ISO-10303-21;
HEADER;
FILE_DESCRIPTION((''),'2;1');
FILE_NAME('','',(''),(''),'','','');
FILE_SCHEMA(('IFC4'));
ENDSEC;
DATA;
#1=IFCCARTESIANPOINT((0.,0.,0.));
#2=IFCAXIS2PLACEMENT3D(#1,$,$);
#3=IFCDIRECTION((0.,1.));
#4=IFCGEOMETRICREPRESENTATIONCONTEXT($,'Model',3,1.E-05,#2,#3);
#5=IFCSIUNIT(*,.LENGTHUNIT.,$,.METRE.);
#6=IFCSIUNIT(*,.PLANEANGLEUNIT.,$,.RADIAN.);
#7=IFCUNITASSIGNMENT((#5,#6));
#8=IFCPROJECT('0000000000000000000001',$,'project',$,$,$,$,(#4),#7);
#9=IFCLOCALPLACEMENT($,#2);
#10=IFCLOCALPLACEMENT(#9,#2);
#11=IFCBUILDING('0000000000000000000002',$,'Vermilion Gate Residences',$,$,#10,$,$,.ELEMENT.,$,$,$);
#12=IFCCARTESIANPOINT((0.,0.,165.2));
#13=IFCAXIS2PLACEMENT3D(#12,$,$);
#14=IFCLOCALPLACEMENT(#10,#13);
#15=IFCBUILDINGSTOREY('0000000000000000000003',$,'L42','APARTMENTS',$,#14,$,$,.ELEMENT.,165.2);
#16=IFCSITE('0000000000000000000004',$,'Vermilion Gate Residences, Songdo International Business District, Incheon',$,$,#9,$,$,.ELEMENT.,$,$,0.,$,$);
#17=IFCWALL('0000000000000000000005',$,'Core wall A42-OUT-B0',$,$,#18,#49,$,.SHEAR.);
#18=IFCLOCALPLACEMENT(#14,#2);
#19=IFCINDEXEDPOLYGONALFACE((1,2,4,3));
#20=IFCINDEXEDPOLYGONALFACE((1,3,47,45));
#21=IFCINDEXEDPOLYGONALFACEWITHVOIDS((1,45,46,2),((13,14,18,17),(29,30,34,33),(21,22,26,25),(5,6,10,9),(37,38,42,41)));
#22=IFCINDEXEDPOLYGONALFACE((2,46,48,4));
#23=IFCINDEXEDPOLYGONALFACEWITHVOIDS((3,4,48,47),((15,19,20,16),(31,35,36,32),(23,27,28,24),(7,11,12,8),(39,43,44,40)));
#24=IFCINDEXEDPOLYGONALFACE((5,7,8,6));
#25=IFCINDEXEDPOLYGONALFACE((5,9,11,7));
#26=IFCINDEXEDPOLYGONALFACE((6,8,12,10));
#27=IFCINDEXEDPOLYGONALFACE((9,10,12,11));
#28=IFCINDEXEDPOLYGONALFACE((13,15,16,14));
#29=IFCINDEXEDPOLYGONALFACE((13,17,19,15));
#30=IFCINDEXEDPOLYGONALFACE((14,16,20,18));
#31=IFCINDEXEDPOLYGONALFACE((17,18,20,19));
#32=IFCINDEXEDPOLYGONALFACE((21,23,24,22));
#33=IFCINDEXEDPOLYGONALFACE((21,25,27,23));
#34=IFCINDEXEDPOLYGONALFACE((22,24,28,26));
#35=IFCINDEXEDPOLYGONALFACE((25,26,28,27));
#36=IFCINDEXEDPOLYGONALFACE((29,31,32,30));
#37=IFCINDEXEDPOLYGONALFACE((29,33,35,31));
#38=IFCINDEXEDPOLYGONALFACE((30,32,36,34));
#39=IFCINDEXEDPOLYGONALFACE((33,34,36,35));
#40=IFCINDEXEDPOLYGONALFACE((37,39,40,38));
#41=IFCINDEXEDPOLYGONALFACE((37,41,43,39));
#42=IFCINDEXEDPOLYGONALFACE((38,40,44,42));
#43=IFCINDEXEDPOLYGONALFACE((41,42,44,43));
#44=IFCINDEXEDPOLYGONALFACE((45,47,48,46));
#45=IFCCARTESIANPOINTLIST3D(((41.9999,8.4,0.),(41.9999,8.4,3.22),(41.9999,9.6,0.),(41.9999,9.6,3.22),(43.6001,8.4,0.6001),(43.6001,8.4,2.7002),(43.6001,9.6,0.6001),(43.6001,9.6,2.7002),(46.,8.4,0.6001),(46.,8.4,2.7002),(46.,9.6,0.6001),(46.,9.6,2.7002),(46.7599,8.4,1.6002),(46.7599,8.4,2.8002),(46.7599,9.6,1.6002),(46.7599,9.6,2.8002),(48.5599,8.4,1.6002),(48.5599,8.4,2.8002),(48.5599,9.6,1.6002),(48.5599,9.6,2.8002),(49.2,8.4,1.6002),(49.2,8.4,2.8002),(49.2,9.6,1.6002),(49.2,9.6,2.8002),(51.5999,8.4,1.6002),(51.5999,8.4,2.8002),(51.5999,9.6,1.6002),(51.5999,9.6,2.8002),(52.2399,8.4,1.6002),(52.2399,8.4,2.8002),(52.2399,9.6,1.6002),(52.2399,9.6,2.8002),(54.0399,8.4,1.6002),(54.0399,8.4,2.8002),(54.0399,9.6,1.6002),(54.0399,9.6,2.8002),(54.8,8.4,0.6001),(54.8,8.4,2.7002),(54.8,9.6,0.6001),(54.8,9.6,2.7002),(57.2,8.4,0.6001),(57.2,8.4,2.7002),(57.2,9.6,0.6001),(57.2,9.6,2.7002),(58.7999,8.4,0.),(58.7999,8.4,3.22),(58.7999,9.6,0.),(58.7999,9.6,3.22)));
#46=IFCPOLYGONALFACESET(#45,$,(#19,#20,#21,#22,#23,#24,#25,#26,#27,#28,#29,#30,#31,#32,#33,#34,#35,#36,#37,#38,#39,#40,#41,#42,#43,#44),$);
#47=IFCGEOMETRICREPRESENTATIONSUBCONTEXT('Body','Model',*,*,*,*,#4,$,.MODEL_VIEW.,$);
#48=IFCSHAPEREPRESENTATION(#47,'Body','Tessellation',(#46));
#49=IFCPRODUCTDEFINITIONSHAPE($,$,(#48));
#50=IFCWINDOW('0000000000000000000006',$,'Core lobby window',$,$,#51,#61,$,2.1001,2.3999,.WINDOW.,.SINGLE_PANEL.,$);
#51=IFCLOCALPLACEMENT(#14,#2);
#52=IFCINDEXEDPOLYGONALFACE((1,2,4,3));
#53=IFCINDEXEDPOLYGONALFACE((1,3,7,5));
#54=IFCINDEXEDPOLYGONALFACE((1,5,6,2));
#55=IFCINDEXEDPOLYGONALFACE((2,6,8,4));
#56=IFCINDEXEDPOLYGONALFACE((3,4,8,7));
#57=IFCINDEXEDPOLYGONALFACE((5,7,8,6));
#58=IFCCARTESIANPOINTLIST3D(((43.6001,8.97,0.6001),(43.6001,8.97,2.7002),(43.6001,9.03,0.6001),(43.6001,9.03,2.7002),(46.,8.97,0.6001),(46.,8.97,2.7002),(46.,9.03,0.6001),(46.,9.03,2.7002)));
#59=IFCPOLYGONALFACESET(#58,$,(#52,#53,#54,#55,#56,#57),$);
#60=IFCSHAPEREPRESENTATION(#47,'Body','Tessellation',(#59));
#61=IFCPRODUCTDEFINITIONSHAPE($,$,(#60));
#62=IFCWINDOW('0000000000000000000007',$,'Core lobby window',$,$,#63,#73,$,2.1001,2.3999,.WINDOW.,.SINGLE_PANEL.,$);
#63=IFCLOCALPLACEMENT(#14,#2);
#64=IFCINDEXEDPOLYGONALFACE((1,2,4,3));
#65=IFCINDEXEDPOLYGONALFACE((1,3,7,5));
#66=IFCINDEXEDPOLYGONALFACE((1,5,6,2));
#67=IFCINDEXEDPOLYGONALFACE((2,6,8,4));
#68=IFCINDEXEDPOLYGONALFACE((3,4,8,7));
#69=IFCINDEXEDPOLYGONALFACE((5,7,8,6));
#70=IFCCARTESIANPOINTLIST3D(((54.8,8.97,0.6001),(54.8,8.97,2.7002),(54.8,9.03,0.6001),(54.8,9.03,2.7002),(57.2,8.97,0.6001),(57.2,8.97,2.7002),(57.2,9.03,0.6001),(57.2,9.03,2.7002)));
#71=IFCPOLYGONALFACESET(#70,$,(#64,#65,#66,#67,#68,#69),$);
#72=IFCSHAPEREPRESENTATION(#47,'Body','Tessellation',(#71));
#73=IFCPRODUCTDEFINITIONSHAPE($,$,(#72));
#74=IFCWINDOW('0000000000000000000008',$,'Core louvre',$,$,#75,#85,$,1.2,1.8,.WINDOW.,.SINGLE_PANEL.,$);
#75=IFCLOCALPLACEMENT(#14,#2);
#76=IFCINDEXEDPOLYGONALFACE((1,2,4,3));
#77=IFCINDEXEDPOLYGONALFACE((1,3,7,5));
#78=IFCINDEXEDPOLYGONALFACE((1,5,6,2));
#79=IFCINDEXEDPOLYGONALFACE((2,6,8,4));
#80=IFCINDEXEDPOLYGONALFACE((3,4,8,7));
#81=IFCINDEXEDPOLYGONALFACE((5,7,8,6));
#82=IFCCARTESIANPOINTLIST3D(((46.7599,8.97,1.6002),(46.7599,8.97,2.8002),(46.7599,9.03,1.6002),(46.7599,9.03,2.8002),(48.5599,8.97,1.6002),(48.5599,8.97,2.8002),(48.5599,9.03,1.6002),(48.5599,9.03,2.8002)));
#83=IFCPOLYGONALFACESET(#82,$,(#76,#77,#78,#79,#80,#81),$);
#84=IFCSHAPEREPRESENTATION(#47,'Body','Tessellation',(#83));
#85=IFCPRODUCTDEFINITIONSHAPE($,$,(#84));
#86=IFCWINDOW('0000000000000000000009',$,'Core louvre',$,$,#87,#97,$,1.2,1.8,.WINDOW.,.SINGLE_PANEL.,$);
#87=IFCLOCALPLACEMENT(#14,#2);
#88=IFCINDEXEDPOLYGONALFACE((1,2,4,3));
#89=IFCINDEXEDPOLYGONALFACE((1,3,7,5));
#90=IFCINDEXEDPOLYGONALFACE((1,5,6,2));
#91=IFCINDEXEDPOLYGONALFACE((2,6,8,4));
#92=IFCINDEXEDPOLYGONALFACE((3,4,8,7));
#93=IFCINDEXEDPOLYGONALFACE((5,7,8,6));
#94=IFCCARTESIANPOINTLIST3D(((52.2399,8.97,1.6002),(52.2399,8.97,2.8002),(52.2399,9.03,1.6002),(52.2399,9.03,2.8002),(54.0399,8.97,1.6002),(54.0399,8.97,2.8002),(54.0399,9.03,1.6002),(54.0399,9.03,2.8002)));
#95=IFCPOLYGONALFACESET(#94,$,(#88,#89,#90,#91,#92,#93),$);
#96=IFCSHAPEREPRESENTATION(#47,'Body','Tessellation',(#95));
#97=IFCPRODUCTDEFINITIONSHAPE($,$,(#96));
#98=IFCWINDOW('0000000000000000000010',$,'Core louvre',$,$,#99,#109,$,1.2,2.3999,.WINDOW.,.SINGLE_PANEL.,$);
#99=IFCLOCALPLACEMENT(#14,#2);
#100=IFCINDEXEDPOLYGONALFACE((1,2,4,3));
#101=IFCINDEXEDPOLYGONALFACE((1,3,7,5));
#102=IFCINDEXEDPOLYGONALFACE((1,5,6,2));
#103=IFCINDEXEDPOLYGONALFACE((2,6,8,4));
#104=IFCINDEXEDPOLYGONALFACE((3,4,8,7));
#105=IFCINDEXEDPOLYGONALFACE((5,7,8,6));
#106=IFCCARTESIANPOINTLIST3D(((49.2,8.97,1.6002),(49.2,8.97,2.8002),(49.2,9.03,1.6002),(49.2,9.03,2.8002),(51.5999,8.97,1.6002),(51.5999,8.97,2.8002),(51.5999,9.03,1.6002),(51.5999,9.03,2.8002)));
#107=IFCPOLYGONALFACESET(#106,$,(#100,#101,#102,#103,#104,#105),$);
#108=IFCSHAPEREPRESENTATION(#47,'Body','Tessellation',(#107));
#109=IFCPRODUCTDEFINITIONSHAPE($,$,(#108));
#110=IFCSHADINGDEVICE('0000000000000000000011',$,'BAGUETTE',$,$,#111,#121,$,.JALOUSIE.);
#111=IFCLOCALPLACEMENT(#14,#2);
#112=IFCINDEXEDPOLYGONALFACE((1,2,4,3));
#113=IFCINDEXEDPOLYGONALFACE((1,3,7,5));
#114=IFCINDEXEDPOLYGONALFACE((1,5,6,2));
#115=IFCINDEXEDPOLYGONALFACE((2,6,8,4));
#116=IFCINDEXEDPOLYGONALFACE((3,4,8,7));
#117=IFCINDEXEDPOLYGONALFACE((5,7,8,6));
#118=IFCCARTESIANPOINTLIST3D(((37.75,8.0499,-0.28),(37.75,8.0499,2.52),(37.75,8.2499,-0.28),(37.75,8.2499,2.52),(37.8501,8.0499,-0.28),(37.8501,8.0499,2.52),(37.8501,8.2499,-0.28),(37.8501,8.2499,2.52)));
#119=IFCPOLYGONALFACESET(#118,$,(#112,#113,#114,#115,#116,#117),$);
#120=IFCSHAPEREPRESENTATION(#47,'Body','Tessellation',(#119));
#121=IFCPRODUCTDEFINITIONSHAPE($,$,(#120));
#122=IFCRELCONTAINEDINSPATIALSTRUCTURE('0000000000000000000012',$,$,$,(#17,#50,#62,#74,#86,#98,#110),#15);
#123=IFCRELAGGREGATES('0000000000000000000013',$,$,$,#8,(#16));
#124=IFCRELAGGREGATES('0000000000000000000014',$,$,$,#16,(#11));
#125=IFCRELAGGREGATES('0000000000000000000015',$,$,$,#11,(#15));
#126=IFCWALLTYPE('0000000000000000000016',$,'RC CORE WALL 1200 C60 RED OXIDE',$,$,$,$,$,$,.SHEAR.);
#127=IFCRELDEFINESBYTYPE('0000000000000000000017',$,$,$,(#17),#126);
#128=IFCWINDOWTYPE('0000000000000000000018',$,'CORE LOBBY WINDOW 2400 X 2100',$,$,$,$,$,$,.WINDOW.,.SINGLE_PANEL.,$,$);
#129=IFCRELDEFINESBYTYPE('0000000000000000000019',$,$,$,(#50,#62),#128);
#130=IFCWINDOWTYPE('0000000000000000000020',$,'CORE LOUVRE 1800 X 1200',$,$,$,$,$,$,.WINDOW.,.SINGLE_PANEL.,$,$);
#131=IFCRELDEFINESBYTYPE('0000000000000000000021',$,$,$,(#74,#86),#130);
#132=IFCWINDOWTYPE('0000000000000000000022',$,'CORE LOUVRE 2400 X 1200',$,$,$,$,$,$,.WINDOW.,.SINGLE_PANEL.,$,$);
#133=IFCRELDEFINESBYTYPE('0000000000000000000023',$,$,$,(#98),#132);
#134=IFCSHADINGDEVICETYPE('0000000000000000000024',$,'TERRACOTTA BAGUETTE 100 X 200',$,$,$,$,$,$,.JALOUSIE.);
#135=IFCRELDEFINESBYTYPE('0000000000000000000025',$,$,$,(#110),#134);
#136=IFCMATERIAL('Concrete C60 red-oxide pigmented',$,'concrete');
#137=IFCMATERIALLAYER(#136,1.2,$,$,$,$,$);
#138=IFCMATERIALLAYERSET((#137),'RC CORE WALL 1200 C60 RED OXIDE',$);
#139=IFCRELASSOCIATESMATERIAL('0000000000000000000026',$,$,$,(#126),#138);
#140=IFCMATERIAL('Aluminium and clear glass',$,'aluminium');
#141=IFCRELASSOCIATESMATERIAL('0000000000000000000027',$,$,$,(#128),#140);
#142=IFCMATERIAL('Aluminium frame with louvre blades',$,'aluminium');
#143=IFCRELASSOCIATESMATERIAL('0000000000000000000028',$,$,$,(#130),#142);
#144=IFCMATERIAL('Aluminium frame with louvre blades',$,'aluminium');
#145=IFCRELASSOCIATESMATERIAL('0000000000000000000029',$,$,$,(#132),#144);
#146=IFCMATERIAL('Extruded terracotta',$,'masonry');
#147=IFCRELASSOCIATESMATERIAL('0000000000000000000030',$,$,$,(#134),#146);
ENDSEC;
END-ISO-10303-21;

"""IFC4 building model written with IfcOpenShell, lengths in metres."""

from ifc_helpers import new_model, si_unit, direction, frame, frame_2d, origin, origin_2d, place, context, subcontext, project, spatial, rectangle, extrude, material, layer, layer_set, material_profile, profile_set, type_object, element, fill, save


model = new_model("IFC4")

# Units and contexts
model_context = context("Model", 3, precision=1e-05, world=origin(), true_north=direction((0.0, 1.0)))
body_context = subcontext(model_context, "Body", "Model", "MODEL_VIEW")
ifc_project = project(units=[si_unit("LENGTHUNIT", "METRE"), si_unit("PLANEANGLEUNIT", "RADIAN")], contexts=[model_context])

# Site, building, storey
site_placement = place(None, origin())
site = spatial("IfcSite", under=ifc_project, at=site_placement, Name="Vermilion Gate Residences, Songdo International Business District, Incheon", CompositionType="ELEMENT", RefElevation=0.0)
building_placement = place(site_placement, origin())
building = spatial("IfcBuilding", under=site, at=building_placement, Name="Vermilion Gate Residences", CompositionType="ELEMENT")
storey_placement = place(building_placement, frame((0.0, 0.0, 165.2)))
storey = spatial("IfcBuildingStorey", under=building, at=storey_placement, Name="L42", Description="APARTMENTS", CompositionType="ELEMENT", Elevation=165.2)

# Wall, openings, windows
ifc_material_1 = material(Name="Concrete C60 red-oxide pigmented", Category="concrete")
ifc_layer_1 = layer(ifc_material_1, 1.2)
ifc_layer_set_1 = layer_set([ifc_layer_1], Name="RC CORE WALL 1200 C60 RED OXIDE")
wall_type_1 = type_object("IfcWallType", Name="RC CORE WALL 1200 C60 RED OXIDE", PredefinedType="SHEAR", material=ifc_layer_set_1)
wall_1_placement = place(storey_placement, frame((42.0, 9.0, 0.0), z_axis=(0.0, 0.0, 1.0), x_axis=(1.0, 0.0, 0.0)))
wall_1 = element("IfcWall", 1, at=wall_1_placement, inside=storey, type_object=wall_type_1, Name="Core wall A42-OUT-B0", PredefinedType="SHEAR", context=body_context, shape_type="SweptSolid", body=[
    extrude(rectangle(XDim=16.8, YDim=1.2, at=frame_2d((8.3999, 0.0))), origin(), (0.0, 0.0, 1.0), 3.22),
])
opening_1_placement = place(wall_1_placement, frame((1.6001, 0.0, 0.6001)))
opening_1 = element("IfcOpeningElement", 2, at=opening_1_placement, cuts=wall_1, PredefinedType="OPENING", context=body_context, shape_type="SweptSolid", body=[
    extrude(rectangle(XDim=2.3999, YDim=2.1001, at=frame_2d((1.2, 1.05))), frame((0.0, 0.6099, 0.0), z_axis=(0.0, -1.0, 0.0), x_axis=(1.0, 0.0, 0.0)), (0.0, 0.0, 1.0), 1.22),
])
opening_2_placement = place(wall_1_placement, frame((4.76, 0.0, 1.6001)))
opening_2 = element("IfcOpeningElement", 3, at=opening_2_placement, cuts=wall_1, PredefinedType="OPENING", context=body_context, shape_type="SweptSolid", body=[
    extrude(rectangle(XDim=1.8, YDim=1.2, at=frame_2d((0.8999, 0.6001))), frame((0.0, 0.6099, 0.0), z_axis=(0.0, -1.0, 0.0), x_axis=(1.0, 0.0, 0.0)), (0.0, 0.0, 1.0), 1.22),
])
opening_3_placement = place(wall_1_placement, frame((7.2, 0.0, 1.6001)))
opening_3 = element("IfcOpeningElement", 4, at=opening_3_placement, cuts=wall_1, PredefinedType="OPENING", context=body_context, shape_type="SweptSolid", body=[
    extrude(rectangle(XDim=2.3999, YDim=1.2, at=frame_2d((1.2, 0.6001))), frame((0.0, 0.6099, 0.0), z_axis=(0.0, -1.0, 0.0), x_axis=(1.0, 0.0, 0.0)), (0.0, 0.0, 1.0), 1.22),
])
opening_4_placement = place(wall_1_placement, frame((10.24, 0.0, 1.6001)))
opening_4 = element("IfcOpeningElement", 5, at=opening_4_placement, cuts=wall_1, PredefinedType="OPENING", context=body_context, shape_type="SweptSolid", body=[
    extrude(rectangle(XDim=1.8, YDim=1.2, at=frame_2d((0.8999, 0.6001))), frame((0.0, 0.6099, 0.0), z_axis=(0.0, -1.0, 0.0), x_axis=(1.0, 0.0, 0.0)), (0.0, 0.0, 1.0), 1.22),
])
opening_5_placement = place(wall_1_placement, frame((12.8, 0.0, 0.6001)))
opening_5 = element("IfcOpeningElement", 6, at=opening_5_placement, cuts=wall_1, PredefinedType="OPENING", context=body_context, shape_type="SweptSolid", body=[
    extrude(rectangle(XDim=2.3999, YDim=2.1001, at=frame_2d((1.2, 1.05))), frame((0.0, 0.6099, 0.0), z_axis=(0.0, -1.0, 0.0), x_axis=(1.0, 0.0, 0.0)), (0.0, 0.0, 1.0), 1.22),
])
ifc_material_2 = material(Name="Aluminium and clear glass", Category="aluminium")
window_type_1 = type_object("IfcWindowType", Name="CORE LOBBY WINDOW 2400 X 2100", PartitioningType="SINGLE_PANEL", PredefinedType="WINDOW", material=ifc_material_2)
window_1_placement = place(opening_1_placement, origin())
window_1 = element("IfcWindow", 7, at=window_1_placement, inside=storey, type_object=window_type_1, Name="Core lobby window", OverallHeight=2.1001, OverallWidth=2.3999, PartitioningType="SINGLE_PANEL", PredefinedType="WINDOW", context=body_context, shape_type="SweptSolid", body=[
    extrude(rectangle(XDim=2.3999, YDim=2.1001, at=frame_2d((1.2, 1.05))), frame((0.0, 0.03, 0.0), z_axis=(0.0, -1.0, 0.0), x_axis=(1.0, 0.0, 0.0)), (0.0, 0.0, 1.0), 0.0601),
])
fill(opening_1, window_1)
window_2_placement = place(opening_5_placement, origin())
window_2 = element("IfcWindow", 8, at=window_2_placement, inside=storey, type_object=window_type_1, Name="Core lobby window", OverallHeight=2.1001, OverallWidth=2.3999, PartitioningType="SINGLE_PANEL", PredefinedType="WINDOW", context=body_context, shape_type="SweptSolid", body=[
    extrude(rectangle(XDim=2.3999, YDim=2.1001, at=frame_2d((1.2, 1.05))), frame((0.0, 0.03, 0.0), z_axis=(0.0, -1.0, 0.0), x_axis=(1.0, 0.0, 0.0)), (0.0, 0.0, 1.0), 0.0601),
])
fill(opening_5, window_2)
ifc_material_3 = material(Name="Aluminium frame with louvre blades", Category="aluminium")
window_type_2 = type_object("IfcWindowType", Name="CORE LOUVRE 1800 X 1200", PartitioningType="SINGLE_PANEL", PredefinedType="WINDOW", material=ifc_material_3)
window_3_placement = place(opening_2_placement, origin())
window_3 = element("IfcWindow", 9, at=window_3_placement, inside=storey, type_object=window_type_2, Name="Core louvre", OverallHeight=1.2, OverallWidth=1.8, PartitioningType="SINGLE_PANEL", PredefinedType="WINDOW", context=body_context, shape_type="SweptSolid", body=[
    extrude(rectangle(XDim=1.8, YDim=1.2, at=frame_2d((0.8999, 0.6001))), frame((0.0, 0.03, 0.0), z_axis=(0.0, -1.0, 0.0), x_axis=(1.0, 0.0, 0.0)), (0.0, 0.0, 1.0), 0.0601),
])
fill(opening_2, window_3)
window_4_placement = place(opening_4_placement, origin())
window_4 = element("IfcWindow", 10, at=window_4_placement, inside=storey, type_object=window_type_2, Name="Core louvre", OverallHeight=1.2, OverallWidth=1.8, PartitioningType="SINGLE_PANEL", PredefinedType="WINDOW", context=body_context, shape_type="SweptSolid", body=[
    extrude(rectangle(XDim=1.8, YDim=1.2, at=frame_2d((0.8999, 0.6001))), frame((0.0, 0.03, 0.0), z_axis=(0.0, -1.0, 0.0), x_axis=(1.0, 0.0, 0.0)), (0.0, 0.0, 1.0), 0.0601),
])
fill(opening_4, window_4)
ifc_material_4 = material(Name="Aluminium frame with louvre blades", Category="aluminium")
window_type_3 = type_object("IfcWindowType", Name="CORE LOUVRE 2400 X 1200", PartitioningType="SINGLE_PANEL", PredefinedType="WINDOW", material=ifc_material_4)
window_5_placement = place(opening_3_placement, origin())
window_5 = element("IfcWindow", 11, at=window_5_placement, inside=storey, type_object=window_type_3, Name="Core louvre", OverallHeight=1.2, OverallWidth=2.3999, PartitioningType="SINGLE_PANEL", PredefinedType="WINDOW", context=body_context, shape_type="SweptSolid", body=[
    extrude(rectangle(XDim=2.3999, YDim=1.2, at=frame_2d((1.2, 0.6001))), frame((0.0, 0.03, 0.0), z_axis=(0.0, -1.0, 0.0), x_axis=(1.0, 0.0, 0.0)), (0.0, 0.0, 1.0), 0.0601),
])
fill(opening_3, window_5)

# Shading device
ifc_material_5 = material(Name="Extruded terracotta", Category="masonry")
ifc_material_profile_1 = material_profile(ifc_material_5, rectangle(XDim=0.2, YDim=0.1001, at=origin_2d()), Name="BAGUETTE 100 X 200")
ifc_profile_set_1 = profile_set([ifc_material_profile_1], Name="Extruded terracotta")
shading_device_type = type_object("IfcShadingDeviceType", Name="TERRACOTTA BAGUETTE 100 X 200", PredefinedType="JALOUSIE", material=ifc_profile_set_1)
shading_device_placement = place(storey_placement, frame((37.8, 8.1499, -0.28), z_axis=(0.0, 0.0, 1.0), x_axis=(0.0, 1.0, 0.0)))
element("IfcShadingDevice", 12, at=shading_device_placement, inside=storey, type_object=shading_device_type, Name="BAGUETTE", PredefinedType="JALOUSIE", context=body_context, shape_type="SweptSolid", body=[
    extrude(rectangle(XDim=0.2, YDim=0.1001, at=origin_2d()), origin(), (0.0, 0.0, 1.0), 2.8),
])

save(model, "model.ifc")
